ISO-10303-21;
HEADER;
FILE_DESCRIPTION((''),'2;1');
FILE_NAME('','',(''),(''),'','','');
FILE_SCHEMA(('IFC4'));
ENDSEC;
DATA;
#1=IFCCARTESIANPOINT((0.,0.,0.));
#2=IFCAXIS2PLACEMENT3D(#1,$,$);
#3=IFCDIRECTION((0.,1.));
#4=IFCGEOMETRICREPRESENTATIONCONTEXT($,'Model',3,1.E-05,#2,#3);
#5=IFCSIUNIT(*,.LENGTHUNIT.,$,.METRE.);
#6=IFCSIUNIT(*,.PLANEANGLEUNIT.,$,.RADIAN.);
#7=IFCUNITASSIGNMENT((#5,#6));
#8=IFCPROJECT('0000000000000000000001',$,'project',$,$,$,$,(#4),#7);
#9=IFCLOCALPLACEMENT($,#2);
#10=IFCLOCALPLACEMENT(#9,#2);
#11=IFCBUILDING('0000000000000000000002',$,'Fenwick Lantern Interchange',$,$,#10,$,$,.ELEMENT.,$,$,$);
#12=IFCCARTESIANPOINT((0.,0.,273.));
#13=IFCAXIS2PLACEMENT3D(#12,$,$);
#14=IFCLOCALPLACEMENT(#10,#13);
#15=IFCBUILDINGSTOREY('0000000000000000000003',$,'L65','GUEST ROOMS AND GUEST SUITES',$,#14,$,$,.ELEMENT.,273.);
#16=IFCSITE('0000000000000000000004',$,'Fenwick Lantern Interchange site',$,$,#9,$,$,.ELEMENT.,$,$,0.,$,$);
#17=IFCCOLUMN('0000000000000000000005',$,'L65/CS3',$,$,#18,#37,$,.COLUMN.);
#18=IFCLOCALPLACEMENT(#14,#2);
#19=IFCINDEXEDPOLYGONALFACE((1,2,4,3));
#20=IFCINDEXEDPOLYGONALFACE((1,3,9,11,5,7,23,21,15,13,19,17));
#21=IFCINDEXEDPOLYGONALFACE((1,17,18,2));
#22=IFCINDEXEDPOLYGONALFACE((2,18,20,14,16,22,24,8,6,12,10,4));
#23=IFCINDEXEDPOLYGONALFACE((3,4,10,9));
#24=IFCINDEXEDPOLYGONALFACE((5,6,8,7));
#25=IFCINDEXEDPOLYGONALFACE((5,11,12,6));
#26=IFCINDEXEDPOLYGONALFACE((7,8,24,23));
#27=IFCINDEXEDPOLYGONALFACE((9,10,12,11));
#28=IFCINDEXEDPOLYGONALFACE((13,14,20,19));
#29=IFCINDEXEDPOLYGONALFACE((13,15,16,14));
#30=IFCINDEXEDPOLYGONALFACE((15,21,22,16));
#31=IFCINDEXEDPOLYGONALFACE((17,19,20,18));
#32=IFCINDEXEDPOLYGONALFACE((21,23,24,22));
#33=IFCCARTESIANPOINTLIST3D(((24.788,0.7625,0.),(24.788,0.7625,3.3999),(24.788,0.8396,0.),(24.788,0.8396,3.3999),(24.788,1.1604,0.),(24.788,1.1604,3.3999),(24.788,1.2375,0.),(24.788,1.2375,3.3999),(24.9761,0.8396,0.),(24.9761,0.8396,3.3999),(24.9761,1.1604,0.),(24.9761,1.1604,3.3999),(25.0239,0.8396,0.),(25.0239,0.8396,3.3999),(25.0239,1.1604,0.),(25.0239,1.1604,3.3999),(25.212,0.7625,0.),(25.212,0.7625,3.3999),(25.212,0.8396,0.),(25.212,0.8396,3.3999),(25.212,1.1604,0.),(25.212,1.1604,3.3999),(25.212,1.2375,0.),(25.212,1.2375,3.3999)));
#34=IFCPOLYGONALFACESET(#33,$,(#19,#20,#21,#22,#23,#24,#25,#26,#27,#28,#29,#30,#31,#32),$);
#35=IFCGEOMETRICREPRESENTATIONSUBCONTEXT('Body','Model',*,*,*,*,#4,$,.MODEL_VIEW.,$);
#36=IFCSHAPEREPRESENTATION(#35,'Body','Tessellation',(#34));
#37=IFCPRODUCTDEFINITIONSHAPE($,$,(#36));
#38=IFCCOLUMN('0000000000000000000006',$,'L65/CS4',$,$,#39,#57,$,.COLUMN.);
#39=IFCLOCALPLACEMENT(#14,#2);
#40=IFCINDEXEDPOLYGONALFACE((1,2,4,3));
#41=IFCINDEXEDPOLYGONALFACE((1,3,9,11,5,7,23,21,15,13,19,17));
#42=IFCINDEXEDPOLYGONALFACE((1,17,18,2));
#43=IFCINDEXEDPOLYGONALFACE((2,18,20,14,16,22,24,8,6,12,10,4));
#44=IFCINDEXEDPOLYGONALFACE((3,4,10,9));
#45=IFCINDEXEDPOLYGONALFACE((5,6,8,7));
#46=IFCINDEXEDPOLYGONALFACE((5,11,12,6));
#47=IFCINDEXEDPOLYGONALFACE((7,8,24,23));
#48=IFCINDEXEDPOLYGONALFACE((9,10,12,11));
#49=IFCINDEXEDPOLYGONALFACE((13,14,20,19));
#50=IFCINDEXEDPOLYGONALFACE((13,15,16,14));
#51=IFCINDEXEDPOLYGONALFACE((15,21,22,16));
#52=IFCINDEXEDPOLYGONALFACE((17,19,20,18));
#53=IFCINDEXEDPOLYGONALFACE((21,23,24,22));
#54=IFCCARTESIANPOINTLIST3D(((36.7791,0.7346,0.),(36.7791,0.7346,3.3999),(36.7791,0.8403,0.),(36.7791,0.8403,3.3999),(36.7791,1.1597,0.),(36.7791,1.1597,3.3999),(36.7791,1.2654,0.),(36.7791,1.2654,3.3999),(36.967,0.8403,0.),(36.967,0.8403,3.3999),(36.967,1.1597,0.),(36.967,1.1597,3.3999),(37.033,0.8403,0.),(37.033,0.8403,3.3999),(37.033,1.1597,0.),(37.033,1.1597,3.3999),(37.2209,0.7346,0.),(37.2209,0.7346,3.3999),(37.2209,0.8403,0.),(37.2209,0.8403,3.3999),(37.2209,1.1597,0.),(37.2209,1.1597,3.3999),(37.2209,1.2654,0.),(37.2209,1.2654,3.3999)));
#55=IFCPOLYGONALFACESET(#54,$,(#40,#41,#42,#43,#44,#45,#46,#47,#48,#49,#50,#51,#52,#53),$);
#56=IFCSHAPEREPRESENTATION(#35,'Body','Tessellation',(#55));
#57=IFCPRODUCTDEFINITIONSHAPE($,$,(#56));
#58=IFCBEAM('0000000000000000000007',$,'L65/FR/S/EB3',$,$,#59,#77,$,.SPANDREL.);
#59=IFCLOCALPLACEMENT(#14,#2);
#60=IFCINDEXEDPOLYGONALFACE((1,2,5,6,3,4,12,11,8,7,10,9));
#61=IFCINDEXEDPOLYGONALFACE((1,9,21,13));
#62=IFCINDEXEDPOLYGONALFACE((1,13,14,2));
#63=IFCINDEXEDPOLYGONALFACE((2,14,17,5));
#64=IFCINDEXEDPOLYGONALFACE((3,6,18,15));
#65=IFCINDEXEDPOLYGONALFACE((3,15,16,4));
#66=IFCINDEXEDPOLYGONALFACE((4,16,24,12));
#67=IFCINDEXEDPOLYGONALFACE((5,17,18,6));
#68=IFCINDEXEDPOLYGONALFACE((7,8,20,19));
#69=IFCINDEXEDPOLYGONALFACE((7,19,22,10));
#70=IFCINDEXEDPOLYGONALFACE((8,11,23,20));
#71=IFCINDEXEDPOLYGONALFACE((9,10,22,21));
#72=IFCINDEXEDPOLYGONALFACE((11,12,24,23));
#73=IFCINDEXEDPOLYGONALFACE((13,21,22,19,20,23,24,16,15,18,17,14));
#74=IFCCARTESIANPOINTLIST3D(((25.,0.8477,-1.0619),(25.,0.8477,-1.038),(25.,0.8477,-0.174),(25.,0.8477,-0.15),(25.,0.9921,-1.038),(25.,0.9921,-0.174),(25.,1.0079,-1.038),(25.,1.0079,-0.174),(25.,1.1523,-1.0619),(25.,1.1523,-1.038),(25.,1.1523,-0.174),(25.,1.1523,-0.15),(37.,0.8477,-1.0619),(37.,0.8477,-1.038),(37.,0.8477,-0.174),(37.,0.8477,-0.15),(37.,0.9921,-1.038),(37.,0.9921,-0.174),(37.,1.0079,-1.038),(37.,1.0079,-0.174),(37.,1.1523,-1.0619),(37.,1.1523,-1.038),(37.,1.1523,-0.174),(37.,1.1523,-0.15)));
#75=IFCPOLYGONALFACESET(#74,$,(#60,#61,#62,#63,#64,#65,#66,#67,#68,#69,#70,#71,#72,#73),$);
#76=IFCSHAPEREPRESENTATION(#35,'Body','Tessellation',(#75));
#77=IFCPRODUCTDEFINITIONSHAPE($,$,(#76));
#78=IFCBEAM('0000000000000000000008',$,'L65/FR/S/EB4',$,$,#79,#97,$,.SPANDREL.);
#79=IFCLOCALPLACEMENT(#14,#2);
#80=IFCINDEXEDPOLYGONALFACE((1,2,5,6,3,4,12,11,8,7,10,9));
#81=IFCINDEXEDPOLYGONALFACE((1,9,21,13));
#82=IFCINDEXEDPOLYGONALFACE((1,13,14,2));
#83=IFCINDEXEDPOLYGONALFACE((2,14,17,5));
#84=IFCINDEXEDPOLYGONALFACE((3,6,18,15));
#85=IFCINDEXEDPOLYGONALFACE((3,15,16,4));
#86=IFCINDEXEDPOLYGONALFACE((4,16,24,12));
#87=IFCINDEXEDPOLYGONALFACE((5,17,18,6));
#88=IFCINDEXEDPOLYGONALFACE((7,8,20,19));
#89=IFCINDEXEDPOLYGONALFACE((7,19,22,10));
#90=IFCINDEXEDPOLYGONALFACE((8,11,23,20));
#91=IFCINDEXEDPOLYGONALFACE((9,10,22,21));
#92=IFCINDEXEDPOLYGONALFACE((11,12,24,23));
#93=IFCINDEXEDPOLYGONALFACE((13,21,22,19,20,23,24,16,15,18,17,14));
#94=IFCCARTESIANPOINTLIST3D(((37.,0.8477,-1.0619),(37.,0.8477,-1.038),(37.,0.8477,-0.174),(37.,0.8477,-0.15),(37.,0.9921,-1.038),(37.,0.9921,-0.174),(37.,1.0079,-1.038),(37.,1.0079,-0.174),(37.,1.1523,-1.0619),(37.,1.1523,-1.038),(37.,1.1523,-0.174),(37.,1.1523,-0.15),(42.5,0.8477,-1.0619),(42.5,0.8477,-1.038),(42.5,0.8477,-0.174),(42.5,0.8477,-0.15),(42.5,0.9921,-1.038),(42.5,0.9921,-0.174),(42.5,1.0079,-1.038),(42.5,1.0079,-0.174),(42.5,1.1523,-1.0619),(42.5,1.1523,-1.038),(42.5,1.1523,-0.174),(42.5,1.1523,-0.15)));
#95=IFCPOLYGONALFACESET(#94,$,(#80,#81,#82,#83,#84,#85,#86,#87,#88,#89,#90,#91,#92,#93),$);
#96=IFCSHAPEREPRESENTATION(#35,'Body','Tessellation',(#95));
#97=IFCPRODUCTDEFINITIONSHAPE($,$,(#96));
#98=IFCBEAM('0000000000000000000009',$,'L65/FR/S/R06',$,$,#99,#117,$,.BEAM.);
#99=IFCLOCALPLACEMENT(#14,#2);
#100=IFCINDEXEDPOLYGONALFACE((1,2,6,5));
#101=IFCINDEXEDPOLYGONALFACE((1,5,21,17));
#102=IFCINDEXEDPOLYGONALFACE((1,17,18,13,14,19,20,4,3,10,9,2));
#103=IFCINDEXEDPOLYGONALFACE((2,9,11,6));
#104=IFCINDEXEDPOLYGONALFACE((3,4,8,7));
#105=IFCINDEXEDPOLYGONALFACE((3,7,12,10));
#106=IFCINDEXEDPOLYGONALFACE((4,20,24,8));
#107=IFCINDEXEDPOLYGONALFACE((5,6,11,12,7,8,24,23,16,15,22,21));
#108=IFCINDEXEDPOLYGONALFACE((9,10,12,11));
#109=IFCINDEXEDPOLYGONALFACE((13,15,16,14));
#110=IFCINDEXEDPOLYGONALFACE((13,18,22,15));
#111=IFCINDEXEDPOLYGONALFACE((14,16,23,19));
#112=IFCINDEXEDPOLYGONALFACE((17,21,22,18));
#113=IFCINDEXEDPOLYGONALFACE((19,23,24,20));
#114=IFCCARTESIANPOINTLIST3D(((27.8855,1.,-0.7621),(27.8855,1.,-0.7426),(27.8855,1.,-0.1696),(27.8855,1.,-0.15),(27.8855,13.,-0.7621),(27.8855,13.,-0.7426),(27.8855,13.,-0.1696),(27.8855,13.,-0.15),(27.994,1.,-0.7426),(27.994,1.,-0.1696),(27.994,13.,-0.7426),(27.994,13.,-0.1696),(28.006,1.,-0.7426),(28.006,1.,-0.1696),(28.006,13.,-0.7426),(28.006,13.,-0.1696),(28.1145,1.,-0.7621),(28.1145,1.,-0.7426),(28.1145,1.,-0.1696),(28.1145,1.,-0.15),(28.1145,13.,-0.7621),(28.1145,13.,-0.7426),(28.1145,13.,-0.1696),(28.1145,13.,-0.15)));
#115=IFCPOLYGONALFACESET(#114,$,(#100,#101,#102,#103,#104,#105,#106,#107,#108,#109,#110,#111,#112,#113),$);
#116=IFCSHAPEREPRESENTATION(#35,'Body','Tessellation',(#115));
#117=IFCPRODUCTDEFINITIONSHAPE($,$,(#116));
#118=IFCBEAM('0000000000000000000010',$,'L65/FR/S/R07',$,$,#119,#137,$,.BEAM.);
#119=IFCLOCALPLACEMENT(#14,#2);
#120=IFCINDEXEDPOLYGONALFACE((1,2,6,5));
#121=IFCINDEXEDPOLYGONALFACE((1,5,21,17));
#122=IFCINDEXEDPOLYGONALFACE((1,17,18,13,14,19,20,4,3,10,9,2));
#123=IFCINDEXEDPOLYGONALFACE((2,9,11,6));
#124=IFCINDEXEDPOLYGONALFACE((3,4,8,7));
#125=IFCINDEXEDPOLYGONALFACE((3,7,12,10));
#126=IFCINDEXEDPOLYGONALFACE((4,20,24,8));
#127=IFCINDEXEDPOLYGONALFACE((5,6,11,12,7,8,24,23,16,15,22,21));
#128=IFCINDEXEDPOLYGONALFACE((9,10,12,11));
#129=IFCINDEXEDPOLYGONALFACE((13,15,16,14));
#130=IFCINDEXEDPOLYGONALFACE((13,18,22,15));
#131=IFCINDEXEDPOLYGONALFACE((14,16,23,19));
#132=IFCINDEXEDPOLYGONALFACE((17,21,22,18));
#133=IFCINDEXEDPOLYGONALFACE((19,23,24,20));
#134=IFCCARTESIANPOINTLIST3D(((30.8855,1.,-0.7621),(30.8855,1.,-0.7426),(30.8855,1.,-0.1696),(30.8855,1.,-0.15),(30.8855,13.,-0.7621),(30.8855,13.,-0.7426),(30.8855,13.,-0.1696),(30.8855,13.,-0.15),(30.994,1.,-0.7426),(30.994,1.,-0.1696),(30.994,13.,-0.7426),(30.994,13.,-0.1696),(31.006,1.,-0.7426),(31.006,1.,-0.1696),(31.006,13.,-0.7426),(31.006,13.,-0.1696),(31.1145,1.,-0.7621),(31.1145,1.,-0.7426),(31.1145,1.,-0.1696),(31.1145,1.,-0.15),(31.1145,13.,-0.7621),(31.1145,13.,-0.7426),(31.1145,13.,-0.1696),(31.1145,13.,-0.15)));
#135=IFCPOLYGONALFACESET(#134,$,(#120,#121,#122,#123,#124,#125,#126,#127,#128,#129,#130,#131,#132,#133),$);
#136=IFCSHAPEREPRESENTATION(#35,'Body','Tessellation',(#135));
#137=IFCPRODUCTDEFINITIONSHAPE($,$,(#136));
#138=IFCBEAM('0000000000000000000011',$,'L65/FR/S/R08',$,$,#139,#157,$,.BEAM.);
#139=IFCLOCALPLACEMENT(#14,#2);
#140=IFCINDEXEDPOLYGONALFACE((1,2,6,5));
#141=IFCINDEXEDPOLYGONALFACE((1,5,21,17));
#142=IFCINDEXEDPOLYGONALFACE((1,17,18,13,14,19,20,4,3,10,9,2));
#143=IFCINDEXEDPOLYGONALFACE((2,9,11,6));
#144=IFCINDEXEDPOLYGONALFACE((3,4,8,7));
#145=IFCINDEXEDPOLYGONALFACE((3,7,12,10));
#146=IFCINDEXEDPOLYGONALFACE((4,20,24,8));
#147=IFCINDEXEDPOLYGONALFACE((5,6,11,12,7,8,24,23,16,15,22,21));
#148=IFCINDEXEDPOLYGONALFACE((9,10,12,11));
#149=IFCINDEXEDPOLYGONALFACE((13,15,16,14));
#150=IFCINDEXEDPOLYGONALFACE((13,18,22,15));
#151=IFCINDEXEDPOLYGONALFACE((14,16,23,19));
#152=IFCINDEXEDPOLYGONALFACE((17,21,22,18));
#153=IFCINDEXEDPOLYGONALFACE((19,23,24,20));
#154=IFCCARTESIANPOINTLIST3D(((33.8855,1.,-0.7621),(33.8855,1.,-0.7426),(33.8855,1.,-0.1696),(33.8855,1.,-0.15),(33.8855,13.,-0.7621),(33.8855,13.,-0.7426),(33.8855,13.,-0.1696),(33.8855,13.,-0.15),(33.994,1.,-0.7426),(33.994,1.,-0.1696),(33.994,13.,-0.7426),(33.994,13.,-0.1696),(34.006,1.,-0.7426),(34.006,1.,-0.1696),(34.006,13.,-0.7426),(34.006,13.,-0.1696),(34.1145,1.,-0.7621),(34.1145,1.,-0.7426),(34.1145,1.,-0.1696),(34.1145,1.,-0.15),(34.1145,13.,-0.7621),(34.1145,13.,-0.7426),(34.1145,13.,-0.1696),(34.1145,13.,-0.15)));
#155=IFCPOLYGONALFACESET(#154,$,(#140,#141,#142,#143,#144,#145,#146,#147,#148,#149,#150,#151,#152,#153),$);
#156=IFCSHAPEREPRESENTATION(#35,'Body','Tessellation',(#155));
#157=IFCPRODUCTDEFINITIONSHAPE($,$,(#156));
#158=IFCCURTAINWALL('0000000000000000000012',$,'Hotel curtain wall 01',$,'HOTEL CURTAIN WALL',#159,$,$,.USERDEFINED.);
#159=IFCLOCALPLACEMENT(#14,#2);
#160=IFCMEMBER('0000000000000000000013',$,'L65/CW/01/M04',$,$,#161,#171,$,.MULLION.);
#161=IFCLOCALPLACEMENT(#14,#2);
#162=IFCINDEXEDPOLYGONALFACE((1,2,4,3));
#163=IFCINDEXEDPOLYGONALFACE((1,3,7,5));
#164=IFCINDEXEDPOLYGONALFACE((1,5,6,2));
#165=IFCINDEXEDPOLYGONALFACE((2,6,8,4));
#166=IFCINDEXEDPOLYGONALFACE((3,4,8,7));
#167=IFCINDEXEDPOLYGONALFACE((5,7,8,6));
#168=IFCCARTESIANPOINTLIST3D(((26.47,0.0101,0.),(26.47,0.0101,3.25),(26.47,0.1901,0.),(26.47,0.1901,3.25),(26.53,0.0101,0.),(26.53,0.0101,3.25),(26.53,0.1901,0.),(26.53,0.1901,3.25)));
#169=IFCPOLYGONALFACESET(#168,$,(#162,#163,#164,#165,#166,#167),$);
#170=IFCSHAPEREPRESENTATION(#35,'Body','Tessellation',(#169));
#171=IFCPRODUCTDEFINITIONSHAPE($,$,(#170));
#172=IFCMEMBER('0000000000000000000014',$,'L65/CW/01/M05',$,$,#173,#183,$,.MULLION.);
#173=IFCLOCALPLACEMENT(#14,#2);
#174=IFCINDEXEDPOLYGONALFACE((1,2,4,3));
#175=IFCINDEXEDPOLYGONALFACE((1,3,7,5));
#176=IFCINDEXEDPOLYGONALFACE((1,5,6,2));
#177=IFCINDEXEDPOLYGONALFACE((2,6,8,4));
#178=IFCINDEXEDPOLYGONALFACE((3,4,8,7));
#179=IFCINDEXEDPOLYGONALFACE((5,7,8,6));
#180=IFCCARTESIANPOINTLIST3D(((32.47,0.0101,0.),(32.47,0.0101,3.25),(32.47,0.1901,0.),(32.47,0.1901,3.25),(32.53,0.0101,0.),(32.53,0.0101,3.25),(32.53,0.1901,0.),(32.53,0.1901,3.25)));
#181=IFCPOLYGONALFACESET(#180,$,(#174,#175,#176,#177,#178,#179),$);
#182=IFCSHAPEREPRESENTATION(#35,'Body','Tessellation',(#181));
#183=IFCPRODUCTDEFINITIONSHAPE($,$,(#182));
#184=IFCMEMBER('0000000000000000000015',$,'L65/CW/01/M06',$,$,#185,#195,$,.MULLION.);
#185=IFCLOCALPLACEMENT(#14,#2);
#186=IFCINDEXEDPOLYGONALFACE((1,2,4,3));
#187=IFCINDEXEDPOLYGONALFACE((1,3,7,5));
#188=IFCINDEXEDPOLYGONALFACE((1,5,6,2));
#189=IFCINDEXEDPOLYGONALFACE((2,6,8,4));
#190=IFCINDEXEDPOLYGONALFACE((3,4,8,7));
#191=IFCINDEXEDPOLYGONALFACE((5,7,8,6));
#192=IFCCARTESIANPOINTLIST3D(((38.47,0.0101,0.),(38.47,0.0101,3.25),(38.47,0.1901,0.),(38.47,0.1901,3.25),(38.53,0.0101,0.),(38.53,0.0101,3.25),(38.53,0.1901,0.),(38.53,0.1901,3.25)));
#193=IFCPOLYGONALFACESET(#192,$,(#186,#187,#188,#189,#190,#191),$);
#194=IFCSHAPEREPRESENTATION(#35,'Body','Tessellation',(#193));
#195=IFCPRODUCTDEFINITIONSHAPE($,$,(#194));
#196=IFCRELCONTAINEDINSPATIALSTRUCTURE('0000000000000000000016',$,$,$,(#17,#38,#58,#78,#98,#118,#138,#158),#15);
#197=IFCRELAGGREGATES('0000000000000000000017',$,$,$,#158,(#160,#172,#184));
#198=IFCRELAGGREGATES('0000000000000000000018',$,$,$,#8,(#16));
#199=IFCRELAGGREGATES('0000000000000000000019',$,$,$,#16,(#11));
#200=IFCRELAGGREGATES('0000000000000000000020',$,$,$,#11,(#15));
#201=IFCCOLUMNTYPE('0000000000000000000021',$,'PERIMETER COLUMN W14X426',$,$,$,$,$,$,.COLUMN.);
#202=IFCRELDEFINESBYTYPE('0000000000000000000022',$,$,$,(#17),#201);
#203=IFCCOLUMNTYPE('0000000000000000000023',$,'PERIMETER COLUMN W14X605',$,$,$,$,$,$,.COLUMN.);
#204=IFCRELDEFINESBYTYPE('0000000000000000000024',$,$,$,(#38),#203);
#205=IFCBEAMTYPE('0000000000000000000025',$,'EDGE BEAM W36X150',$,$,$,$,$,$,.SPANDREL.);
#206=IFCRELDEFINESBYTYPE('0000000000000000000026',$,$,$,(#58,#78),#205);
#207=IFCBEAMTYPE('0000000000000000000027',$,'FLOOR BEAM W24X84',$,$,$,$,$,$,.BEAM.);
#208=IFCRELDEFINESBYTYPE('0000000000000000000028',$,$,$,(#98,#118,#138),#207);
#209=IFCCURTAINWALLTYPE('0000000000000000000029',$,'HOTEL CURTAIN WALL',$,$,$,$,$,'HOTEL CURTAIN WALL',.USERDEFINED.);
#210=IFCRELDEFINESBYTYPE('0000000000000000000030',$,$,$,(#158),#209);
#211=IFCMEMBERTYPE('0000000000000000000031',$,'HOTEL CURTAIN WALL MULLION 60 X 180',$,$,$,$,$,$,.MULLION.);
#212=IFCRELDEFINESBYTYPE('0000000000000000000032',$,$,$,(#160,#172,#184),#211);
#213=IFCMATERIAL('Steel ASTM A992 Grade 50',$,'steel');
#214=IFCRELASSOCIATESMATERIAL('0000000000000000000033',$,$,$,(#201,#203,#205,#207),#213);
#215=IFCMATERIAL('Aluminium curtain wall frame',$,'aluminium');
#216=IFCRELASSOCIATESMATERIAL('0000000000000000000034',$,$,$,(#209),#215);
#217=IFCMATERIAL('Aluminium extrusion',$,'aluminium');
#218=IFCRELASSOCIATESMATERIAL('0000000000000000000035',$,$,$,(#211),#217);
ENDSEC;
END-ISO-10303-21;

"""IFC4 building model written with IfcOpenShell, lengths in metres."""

from ifc_helpers import new_model, si_unit, direction, frame, origin, origin_2d, place, context, subcontext, project, spatial, rectangle, i_section, extrude, material, material_profile, profile_set, type_object, element, aggregate, save


model = new_model("IFC4")

# Units and contexts
model_context = context("Model", 3, precision=1e-05, world=origin(), true_north=direction((0.0, 1.0)))
body_context = subcontext(model_context, "Body", "Model", "MODEL_VIEW")
ifc_project = project(units=[si_unit("LENGTHUNIT", "METRE"), si_unit("PLANEANGLEUNIT", "RADIAN")], contexts=[model_context])

# Site, building, storey
site_placement = place(None, origin())
site = spatial("IfcSite", under=ifc_project, at=site_placement, Name="Fenwick Lantern Interchange site", CompositionType="ELEMENT", RefElevation=0.0)
building_placement = place(site_placement, origin())
building = spatial("IfcBuilding", under=site, at=building_placement, Name="Fenwick Lantern Interchange", CompositionType="ELEMENT")
storey_placement = place(building_placement, frame((0.0, 0.0, 273.0)))
storey = spatial("IfcBuildingStorey", under=building, at=storey_placement, Name="L65", Description="GUEST ROOMS AND GUEST SUITES", CompositionType="ELEMENT", Elevation=273.0)

# Columns
ifc_material_1 = material(Name="Steel ASTM A992 Grade 50", Category="steel")
ifc_material_profile_1 = material_profile(ifc_material_1, i_section(OverallWidth=0.4241, OverallDepth=0.4751, WebThickness=0.0479, FlangeThickness=0.0771, at=origin_2d()), Name="W14X426")
ifc_profile_set_1 = profile_set([ifc_material_profile_1], Name="Steel ASTM A992 Grade 50")
column_type_1 = type_object("IfcColumnType", Name="PERIMETER COLUMN W14X426", PredefinedType="COLUMN", material=ifc_profile_set_1)
column_1_placement = place(storey_placement, frame((25.0, 1.0, 0.0), z_axis=(0.0, 0.0, 1.0), x_axis=(1.0, 0.0, 0.0)))
element("IfcColumn", 1, at=column_1_placement, inside=storey, type_object=column_type_1, Name="L65/CS3", PredefinedType="COLUMN", context=body_context, shape_type="SweptSolid", body=[
    extrude(i_section(OverallWidth=0.4241, OverallDepth=0.4751, WebThickness=0.0479, FlangeThickness=0.0771, at=origin_2d()), origin(), (0.0, 0.0, 1.0), 3.3999),
])
ifc_material_profile_2 = material_profile(ifc_material_1, i_section(OverallWidth=0.4419, OverallDepth=0.5308, WebThickness=0.0659, FlangeThickness=0.1057, at=origin_2d()), Name="W14X605")
ifc_profile_set_2 = profile_set([ifc_material_profile_2], Name="Steel ASTM A992 Grade 50")
column_type_2 = type_object("IfcColumnType", Name="PERIMETER COLUMN W14X605", PredefinedType="COLUMN", material=ifc_profile_set_2)
column_2_placement = place(storey_placement, frame((37.0, 1.0, 0.0), z_axis=(0.0, 0.0, 1.0), x_axis=(1.0, 0.0, 0.0)))
element("IfcColumn", 2, at=column_2_placement, inside=storey, type_object=column_type_2, Name="L65/CS4", PredefinedType="COLUMN", context=body_context, shape_type="SweptSolid", body=[
    extrude(i_section(OverallWidth=0.4419, OverallDepth=0.5308, WebThickness=0.0659, FlangeThickness=0.1057, at=origin_2d()), origin(), (0.0, 0.0, 1.0), 3.3999),
])

# Beams
ifc_material_profile_3 = material_profile(ifc_material_1, i_section(OverallWidth=0.3047, OverallDepth=0.9119, WebThickness=0.0159, FlangeThickness=0.0239, at=origin_2d()), Name="W36X150")
ifc_profile_set_3 = profile_set([ifc_material_profile_3], Name="Steel ASTM A992 Grade 50")
beam_type_1 = type_object("IfcBeamType", Name="EDGE BEAM W36X150", PredefinedType="SPANDREL", material=ifc_profile_set_3)
beam_1_placement = place(storey_placement, frame((25.0, 1.0, -0.606), z_axis=(1.0, 0.0, 0.0), x_axis=(0.0, 1.0, 0.0)))
element("IfcBeam", 3, at=beam_1_placement, inside=storey, type_object=beam_type_1, Name="L65/FR/S/EB3", PredefinedType="SPANDREL", context=body_context, shape_type="SweptSolid", body=[
    extrude(i_section(OverallWidth=0.3047, OverallDepth=0.9119, WebThickness=0.0159, FlangeThickness=0.0239, at=origin_2d()), origin(), (0.0, 0.0, 1.0), 12.0),
])
beam_2_placement = place(storey_placement, frame((37.0, 1.0, -0.606), z_axis=(1.0, 0.0, 0.0), x_axis=(0.0, 1.0, 0.0)))
element("IfcBeam", 4, at=beam_2_placement, inside=storey, type_object=beam_type_1, Name="L65/FR/S/EB4", PredefinedType="SPANDREL", context=body_context, shape_type="SweptSolid", body=[
    extrude(i_section(OverallWidth=0.3047, OverallDepth=0.9119, WebThickness=0.0159, FlangeThickness=0.0239, at=origin_2d()), origin(), (0.0, 0.0, 1.0), 5.5),
])
ifc_material_profile_4 = material_profile(ifc_material_1, i_section(OverallWidth=0.229, OverallDepth=0.6121, WebThickness=0.012, FlangeThickness=0.0195, at=origin_2d()), Name="W24X84")
ifc_profile_set_4 = profile_set([ifc_material_profile_4], Name="Steel ASTM A992 Grade 50")
beam_type_2 = type_object("IfcBeamType", Name="FLOOR BEAM W24X84", PredefinedType="BEAM", material=ifc_profile_set_4)
for number, where, z_axis, x_axis, name in (
    (5, (28.0, 1.0, -0.4561), (0.0, 1.0, 0.0), (-1.0, 0.0, 0.0), "L65/FR/S/R06"),
    (6, (31.0, 1.0, -0.4561), (0.0, 1.0, 0.0), (-1.0, 0.0, 0.0), "L65/FR/S/R07"),
    (7, (34.0, 1.0, -0.4561), (0.0, 1.0, 0.0), (-1.0, 0.0, 0.0), "L65/FR/S/R08"),
):
    element("IfcBeam", number, at=place(storey_placement, frame(where, z_axis=z_axis, x_axis=x_axis)), inside=storey, type_object=beam_type_2, Name=name, PredefinedType="BEAM", context=body_context, shape_type="SweptSolid", body=[
        extrude(i_section(OverallWidth=0.229, OverallDepth=0.6121, WebThickness=0.012, FlangeThickness=0.0195, at=origin_2d()), origin(), (0.0, 0.0, 1.0), 12.0),
    ])

# Curtain wall, members
ifc_material_2 = material(Name="Aluminium curtain wall frame", Category="aluminium")
curtain_wall_type = type_object("IfcCurtainWallType", Name="HOTEL CURTAIN WALL", ElementType="HOTEL CURTAIN WALL", PredefinedType="USERDEFINED", material=ifc_material_2)
curtain_wall_placement = place(storey_placement, origin())
curtain_wall = element("IfcCurtainWall", 8, at=curtain_wall_placement, inside=storey, type_object=curtain_wall_type, Name="Hotel curtain wall 01", ObjectType="HOTEL CURTAIN WALL", PredefinedType="USERDEFINED")
ifc_material_3 = material(Name="Aluminium extrusion", Category="aluminium")
ifc_material_profile_5 = material_profile(ifc_material_3, rectangle(XDim=0.1799, YDim=0.0601, at=origin_2d()), Name="HOTEL CURTAIN WALL MULLION 60 X 180")
ifc_profile_set_5 = profile_set([ifc_material_profile_5], Name="Aluminium extrusion")
member_type_1 = type_object("IfcMemberType", Name="HOTEL CURTAIN WALL MULLION 60 X 180", PredefinedType="MULLION", material=ifc_profile_set_5)
member_1_placement = place(storey_placement, frame((26.5, 0.1001, 0.0), z_axis=(0.0, 0.0, 1.0), x_axis=(0.0, 1.0, 0.0)))
member_1 = element("IfcMember", 9, at=member_1_placement, type_object=member_type_1, Name="L65/CW/01/M04", PredefinedType="MULLION", context=body_context, shape_type="SweptSolid", body=[
    extrude(rectangle(XDim=0.1799, YDim=0.0601, at=origin_2d()), origin(), (0.0, 0.0, 1.0), 3.25),
])
member_2_placement = place(storey_placement, frame((32.5, 0.1001, 0.0), z_axis=(0.0, 0.0, 1.0), x_axis=(0.0, 1.0, 0.0)))
member_2 = element("IfcMember", 10, at=member_2_placement, type_object=member_type_1, Name="L65/CW/01/M05", PredefinedType="MULLION", context=body_context, shape_type="SweptSolid", body=[
    extrude(rectangle(XDim=0.1799, YDim=0.0601, at=origin_2d()), origin(), (0.0, 0.0, 1.0), 3.25),
])
member_3_placement = place(storey_placement, frame((38.5, 0.1001, 0.0), z_axis=(0.0, 0.0, 1.0), x_axis=(0.0, 1.0, 0.0)))
member_3 = element("IfcMember", 11, at=member_3_placement, type_object=member_type_1, Name="L65/CW/01/M06", PredefinedType="MULLION", context=body_context, shape_type="SweptSolid", body=[
    extrude(rectangle(XDim=0.1799, YDim=0.0601, at=origin_2d()), origin(), (0.0, 0.0, 1.0), 3.25),
])
aggregate(curtain_wall, [member_1, member_2, member_3])

save(model, "model.ifc")
